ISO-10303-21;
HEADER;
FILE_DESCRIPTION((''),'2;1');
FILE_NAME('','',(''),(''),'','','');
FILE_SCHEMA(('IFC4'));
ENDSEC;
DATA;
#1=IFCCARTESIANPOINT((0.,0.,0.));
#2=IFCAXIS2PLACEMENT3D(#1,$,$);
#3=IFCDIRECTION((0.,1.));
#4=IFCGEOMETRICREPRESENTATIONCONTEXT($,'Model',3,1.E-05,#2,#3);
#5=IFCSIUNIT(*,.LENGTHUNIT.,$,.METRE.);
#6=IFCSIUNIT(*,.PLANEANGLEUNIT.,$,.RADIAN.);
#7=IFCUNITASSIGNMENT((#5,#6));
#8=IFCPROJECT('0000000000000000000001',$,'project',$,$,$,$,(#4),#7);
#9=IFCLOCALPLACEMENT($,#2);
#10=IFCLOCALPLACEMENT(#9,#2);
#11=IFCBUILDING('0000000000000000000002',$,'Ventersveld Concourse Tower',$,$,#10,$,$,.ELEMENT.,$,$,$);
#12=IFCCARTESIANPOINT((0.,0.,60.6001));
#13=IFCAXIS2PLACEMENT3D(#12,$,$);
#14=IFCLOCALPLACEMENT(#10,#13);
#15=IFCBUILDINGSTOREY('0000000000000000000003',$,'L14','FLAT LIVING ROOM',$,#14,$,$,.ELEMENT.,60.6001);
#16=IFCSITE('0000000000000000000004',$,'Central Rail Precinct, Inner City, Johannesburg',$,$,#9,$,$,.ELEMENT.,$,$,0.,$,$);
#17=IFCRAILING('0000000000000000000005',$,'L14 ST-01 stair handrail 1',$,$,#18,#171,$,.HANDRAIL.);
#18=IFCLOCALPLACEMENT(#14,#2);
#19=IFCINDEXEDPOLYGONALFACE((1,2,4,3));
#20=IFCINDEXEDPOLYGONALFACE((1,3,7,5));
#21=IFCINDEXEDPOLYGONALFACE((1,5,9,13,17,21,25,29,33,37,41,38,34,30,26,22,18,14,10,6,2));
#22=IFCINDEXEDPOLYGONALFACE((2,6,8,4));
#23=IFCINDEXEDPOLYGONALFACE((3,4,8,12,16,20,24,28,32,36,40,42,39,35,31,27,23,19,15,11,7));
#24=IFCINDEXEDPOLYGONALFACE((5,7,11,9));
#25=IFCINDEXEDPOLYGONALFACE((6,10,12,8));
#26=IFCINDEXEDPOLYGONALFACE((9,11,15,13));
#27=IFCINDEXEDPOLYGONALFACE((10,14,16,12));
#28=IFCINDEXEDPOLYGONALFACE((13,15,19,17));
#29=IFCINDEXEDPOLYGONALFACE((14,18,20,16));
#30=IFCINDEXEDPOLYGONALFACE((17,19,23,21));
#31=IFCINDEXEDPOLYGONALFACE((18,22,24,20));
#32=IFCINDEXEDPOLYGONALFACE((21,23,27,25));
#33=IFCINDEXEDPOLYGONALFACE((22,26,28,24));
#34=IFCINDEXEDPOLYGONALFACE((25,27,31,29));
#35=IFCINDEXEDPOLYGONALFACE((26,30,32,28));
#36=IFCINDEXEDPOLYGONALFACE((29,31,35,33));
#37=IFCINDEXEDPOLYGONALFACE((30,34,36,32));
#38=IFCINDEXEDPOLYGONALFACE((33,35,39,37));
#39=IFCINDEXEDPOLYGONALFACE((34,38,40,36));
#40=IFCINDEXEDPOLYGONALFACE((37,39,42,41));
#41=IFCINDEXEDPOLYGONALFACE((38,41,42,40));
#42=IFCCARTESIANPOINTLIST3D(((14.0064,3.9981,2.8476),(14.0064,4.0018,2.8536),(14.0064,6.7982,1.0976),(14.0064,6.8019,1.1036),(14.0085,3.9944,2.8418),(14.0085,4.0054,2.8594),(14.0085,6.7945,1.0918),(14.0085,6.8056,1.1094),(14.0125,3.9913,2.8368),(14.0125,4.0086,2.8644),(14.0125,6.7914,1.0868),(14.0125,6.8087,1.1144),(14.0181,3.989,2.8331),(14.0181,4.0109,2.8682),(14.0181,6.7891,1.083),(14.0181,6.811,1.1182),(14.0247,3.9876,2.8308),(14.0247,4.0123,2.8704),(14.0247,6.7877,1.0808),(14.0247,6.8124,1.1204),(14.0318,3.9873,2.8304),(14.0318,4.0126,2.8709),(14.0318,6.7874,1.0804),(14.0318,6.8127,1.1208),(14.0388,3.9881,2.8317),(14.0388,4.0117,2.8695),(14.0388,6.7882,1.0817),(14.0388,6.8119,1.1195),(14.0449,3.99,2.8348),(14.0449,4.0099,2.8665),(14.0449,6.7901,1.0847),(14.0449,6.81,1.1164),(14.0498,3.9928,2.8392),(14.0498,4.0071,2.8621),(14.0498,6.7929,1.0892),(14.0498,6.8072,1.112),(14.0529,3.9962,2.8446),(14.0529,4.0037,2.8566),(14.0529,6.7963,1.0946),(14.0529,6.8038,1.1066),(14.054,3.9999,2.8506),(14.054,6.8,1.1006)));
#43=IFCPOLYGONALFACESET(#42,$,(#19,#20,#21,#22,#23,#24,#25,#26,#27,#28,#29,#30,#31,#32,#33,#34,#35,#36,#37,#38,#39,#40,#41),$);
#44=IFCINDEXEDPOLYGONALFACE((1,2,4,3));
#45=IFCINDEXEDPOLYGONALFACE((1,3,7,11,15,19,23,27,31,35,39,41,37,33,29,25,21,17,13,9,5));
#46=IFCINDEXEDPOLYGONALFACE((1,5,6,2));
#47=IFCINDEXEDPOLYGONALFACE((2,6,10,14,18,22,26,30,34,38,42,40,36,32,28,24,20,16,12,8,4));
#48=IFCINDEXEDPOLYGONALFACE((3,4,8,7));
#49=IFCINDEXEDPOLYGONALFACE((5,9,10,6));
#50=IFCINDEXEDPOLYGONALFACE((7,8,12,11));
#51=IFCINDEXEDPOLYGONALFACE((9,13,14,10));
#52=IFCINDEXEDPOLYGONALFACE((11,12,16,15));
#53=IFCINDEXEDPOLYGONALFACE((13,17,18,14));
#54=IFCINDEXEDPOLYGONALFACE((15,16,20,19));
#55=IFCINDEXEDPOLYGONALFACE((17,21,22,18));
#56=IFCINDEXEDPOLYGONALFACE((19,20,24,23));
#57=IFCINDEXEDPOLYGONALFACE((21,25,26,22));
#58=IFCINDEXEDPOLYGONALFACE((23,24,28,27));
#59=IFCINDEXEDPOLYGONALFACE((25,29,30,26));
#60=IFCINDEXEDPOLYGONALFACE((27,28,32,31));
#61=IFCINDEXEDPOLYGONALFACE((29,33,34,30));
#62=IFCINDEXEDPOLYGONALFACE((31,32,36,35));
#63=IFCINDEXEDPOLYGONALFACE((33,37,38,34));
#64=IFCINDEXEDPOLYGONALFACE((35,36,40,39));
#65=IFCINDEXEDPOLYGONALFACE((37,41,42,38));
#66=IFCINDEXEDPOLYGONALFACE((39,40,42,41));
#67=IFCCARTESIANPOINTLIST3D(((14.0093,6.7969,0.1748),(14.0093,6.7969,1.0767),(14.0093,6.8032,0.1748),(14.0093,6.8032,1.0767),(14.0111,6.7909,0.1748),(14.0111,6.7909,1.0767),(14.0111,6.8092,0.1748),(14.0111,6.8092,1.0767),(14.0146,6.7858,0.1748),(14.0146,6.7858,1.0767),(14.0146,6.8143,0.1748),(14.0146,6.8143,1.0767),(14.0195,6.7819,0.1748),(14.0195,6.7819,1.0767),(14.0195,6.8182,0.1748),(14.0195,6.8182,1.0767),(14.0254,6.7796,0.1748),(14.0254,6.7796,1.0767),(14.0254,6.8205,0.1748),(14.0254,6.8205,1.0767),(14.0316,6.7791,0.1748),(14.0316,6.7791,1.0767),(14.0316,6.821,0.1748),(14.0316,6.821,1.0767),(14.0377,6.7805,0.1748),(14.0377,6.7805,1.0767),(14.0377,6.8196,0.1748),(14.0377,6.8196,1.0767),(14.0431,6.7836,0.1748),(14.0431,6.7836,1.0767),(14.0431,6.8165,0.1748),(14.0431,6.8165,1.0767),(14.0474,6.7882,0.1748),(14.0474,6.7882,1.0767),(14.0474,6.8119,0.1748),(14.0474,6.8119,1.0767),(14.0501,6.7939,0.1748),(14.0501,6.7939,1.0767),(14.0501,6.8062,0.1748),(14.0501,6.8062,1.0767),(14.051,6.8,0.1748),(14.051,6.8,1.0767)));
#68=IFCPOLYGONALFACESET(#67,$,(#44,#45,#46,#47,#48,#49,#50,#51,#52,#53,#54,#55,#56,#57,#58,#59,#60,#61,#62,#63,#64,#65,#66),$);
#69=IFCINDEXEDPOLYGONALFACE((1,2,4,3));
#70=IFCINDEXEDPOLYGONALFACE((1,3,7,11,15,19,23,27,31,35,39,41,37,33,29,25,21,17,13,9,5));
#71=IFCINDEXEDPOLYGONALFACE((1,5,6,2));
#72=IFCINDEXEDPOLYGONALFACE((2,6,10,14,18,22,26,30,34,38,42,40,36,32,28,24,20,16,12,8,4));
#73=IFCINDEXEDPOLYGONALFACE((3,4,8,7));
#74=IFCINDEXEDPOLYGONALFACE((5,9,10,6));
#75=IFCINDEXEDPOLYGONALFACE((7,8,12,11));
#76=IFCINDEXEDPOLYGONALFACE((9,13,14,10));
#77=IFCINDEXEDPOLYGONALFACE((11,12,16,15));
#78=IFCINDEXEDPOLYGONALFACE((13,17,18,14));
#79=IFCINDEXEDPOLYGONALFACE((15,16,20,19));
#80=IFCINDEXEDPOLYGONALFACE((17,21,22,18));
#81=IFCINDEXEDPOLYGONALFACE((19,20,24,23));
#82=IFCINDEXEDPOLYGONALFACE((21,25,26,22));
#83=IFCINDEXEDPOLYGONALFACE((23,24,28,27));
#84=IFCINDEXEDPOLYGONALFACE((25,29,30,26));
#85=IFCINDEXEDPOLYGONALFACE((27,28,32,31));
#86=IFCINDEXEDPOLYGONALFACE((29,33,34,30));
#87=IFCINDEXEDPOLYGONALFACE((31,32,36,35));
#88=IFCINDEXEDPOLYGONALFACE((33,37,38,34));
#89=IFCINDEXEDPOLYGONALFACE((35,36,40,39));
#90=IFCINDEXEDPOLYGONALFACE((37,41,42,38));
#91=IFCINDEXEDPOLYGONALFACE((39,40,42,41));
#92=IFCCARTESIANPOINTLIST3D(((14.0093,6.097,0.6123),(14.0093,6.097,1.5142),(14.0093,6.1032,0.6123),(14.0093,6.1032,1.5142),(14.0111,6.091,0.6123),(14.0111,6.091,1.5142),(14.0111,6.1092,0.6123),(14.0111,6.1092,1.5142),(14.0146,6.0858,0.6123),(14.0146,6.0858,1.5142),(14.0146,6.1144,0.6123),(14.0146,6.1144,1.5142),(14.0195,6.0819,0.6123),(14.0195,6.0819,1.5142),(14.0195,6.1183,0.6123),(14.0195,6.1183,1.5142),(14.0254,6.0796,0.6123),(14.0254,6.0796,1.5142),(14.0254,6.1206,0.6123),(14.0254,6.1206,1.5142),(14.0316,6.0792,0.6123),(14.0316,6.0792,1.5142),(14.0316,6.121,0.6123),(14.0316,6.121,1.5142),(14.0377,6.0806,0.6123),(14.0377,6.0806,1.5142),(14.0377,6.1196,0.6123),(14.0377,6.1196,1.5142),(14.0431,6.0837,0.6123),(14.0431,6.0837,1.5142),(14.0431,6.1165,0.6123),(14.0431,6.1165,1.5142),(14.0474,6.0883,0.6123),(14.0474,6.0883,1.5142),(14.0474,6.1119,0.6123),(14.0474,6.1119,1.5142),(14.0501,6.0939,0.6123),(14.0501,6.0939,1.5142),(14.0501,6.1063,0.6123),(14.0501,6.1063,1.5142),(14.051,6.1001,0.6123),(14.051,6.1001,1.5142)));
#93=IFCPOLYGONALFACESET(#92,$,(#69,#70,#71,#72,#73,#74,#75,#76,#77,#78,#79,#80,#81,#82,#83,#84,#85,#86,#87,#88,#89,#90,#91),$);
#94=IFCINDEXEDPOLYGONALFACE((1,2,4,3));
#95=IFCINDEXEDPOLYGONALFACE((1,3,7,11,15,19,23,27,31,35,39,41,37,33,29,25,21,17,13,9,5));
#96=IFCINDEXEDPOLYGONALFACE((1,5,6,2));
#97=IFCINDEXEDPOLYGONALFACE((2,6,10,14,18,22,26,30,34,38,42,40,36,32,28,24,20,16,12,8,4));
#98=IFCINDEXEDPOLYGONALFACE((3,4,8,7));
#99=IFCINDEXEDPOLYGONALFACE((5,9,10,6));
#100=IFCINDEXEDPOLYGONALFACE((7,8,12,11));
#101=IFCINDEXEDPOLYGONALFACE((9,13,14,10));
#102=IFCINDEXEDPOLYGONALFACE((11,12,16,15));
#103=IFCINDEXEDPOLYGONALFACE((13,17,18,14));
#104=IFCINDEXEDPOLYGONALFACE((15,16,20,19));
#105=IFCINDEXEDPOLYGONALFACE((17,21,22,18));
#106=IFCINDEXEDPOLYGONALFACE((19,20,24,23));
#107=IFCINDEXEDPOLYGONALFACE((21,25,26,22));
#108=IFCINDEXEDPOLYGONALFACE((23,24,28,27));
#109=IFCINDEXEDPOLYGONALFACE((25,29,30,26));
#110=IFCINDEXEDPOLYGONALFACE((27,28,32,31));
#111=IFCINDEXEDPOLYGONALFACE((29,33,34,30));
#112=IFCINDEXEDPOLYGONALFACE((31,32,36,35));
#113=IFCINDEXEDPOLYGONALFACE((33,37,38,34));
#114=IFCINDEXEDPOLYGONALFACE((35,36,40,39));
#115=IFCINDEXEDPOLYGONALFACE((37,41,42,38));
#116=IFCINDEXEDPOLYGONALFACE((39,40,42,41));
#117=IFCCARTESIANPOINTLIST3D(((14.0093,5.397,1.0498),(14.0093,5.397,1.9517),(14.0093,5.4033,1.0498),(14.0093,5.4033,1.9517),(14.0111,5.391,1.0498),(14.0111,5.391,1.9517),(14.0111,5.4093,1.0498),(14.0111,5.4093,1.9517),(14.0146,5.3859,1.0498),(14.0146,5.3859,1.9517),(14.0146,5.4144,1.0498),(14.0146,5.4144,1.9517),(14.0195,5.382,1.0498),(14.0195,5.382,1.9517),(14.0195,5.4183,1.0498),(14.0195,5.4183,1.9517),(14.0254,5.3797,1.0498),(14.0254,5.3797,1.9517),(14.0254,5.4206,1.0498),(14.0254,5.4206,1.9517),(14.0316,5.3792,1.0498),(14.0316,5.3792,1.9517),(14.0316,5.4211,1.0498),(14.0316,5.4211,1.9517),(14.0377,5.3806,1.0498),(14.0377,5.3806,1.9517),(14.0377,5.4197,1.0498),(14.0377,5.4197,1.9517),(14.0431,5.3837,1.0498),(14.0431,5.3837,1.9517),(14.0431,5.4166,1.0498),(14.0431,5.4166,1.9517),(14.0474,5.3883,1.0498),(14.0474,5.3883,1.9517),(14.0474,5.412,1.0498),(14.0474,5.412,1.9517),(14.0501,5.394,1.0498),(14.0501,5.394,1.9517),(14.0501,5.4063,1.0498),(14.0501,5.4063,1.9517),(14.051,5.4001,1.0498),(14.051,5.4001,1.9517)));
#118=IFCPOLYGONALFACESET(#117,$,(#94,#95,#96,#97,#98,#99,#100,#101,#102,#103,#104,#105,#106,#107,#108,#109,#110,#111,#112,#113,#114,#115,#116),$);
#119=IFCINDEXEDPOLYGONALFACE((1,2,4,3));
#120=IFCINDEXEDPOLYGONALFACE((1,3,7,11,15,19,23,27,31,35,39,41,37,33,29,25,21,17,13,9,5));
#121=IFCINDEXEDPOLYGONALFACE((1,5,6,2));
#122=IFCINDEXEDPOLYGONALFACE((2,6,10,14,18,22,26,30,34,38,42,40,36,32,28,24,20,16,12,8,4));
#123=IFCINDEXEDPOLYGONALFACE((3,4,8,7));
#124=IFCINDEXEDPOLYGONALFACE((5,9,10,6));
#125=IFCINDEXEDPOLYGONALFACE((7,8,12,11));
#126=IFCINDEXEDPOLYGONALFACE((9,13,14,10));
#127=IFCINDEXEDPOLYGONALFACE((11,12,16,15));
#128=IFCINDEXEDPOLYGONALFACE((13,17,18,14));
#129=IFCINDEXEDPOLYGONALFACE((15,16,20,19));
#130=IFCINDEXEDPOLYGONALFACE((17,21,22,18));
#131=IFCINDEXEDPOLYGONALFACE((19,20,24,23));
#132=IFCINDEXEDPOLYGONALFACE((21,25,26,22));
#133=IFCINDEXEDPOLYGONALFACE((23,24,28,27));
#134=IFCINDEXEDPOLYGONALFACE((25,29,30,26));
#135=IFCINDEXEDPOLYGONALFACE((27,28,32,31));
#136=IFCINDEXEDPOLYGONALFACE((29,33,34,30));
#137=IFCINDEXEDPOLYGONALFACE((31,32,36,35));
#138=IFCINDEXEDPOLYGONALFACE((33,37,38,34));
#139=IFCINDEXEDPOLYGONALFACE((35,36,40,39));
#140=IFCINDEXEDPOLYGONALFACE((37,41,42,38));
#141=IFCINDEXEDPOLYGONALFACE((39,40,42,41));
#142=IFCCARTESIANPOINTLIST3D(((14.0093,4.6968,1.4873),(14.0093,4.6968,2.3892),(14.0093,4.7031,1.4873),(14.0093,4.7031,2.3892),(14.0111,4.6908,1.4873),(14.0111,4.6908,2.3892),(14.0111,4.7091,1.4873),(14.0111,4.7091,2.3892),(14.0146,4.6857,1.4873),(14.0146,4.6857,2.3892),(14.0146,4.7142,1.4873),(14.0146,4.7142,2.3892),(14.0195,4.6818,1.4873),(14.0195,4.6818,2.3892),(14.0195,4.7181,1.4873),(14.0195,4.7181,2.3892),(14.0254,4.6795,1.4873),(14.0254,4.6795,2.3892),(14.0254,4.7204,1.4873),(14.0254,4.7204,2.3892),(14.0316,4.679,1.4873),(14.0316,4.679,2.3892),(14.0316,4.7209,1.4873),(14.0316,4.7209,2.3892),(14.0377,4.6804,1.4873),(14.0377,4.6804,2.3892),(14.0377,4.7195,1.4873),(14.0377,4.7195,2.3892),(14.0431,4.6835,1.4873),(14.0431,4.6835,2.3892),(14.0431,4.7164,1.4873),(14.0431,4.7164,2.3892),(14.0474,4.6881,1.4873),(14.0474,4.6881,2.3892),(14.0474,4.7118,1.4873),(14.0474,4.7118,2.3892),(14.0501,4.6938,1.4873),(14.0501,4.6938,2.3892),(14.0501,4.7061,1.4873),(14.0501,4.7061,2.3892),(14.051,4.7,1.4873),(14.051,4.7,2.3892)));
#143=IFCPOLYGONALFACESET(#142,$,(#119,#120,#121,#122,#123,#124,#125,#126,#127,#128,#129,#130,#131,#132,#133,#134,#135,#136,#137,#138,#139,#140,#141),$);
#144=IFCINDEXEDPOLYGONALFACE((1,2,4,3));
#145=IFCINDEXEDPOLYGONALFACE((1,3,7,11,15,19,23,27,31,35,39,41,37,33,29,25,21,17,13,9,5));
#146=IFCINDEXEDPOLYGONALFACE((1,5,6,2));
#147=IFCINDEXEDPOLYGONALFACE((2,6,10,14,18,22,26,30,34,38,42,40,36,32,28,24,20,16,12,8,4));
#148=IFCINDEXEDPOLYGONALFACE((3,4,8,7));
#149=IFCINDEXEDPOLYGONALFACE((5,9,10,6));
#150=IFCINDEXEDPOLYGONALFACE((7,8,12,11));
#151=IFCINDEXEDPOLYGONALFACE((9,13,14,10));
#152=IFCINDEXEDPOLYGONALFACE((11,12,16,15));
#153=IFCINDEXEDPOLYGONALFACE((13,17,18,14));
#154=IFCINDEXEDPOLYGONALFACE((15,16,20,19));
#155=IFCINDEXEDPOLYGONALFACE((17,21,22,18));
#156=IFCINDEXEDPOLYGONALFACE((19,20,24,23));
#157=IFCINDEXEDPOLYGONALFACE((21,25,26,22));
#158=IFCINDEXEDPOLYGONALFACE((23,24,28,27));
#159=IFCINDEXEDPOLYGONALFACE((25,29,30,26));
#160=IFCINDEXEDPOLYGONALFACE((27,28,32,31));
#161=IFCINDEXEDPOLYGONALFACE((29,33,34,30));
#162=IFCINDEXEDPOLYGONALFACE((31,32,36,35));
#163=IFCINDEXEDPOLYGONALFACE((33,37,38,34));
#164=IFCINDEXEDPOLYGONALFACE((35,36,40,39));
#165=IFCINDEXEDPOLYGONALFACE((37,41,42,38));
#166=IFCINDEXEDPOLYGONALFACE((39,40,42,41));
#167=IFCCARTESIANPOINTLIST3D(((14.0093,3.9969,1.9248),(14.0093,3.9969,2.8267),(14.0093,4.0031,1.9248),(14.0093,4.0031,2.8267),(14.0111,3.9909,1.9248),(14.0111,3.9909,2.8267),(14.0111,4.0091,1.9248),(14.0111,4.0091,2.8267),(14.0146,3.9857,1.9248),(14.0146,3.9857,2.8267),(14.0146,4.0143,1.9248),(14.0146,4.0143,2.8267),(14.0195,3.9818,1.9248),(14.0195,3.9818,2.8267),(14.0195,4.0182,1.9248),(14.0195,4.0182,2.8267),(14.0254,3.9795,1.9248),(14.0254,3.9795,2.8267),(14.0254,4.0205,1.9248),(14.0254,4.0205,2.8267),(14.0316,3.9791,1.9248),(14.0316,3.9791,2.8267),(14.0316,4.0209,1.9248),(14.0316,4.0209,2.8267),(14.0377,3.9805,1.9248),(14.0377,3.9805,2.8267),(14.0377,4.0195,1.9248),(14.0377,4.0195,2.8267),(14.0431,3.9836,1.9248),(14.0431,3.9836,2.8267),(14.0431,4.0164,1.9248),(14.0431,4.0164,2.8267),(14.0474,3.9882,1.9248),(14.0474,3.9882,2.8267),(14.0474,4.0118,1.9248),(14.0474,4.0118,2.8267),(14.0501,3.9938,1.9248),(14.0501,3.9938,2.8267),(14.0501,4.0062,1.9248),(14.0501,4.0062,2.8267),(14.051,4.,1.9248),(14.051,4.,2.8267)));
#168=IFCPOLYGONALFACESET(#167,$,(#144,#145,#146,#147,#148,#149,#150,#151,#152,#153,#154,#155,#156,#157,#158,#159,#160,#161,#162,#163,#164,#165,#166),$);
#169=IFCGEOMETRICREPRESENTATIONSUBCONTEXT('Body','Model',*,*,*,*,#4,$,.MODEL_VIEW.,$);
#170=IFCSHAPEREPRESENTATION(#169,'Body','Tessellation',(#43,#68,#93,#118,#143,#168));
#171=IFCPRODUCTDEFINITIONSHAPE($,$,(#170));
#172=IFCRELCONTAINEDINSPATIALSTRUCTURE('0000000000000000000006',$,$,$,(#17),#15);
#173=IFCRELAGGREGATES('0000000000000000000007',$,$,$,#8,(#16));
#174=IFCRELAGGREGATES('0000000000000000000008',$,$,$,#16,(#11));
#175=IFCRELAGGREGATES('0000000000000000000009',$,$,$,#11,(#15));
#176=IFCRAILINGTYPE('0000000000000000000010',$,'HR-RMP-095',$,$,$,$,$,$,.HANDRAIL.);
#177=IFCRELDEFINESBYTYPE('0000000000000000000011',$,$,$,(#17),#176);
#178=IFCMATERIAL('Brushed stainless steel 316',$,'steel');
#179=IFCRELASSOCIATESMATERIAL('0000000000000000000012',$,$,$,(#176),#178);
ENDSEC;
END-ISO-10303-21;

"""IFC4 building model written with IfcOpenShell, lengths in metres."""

from ifc_helpers import new_model, si_unit, direction, frame, origin, origin_2d, place, context, subcontext, project, spatial, circle, extrude, material, type_object, element, save


model = new_model("IFC4")

# Units and contexts
model_context = context("Model", 3, precision=1e-05, world=origin(), true_north=direction((0.0, 1.0)))
body_context = subcontext(model_context, "Body", "Model", "MODEL_VIEW")
ifc_project = project(units=[si_unit("LENGTHUNIT", "METRE"), si_unit("PLANEANGLEUNIT", "RADIAN")], contexts=[model_context])

# Site, building, storey
site_placement = place(None, origin())
site = spatial("IfcSite", under=ifc_project, at=site_placement, Name="Central Rail Precinct, Inner City, Johannesburg", CompositionType="ELEMENT", RefElevation=0.0)
building_placement = place(site_placement, origin())
building = spatial("IfcBuilding", under=site, at=building_placement, Name="Ventersveld Concourse Tower", CompositionType="ELEMENT")
storey_placement = place(building_placement, frame((0.0, 0.0, 60.6001)))
storey = spatial("IfcBuildingStorey", under=building, at=storey_placement, Name="L14", Description="FLAT LIVING ROOM", CompositionType="ELEMENT", Elevation=60.6001)

# Railing
ifc_material_1 = material(Name="Brushed stainless steel 316", Category="steel")
railing_type_1 = type_object("IfcRailingType", Name="HR-RMP-095", PredefinedType="HANDRAIL", material=ifc_material_1)
railing_1_placement = place(storey_placement, frame((14.03, 6.8, 0.1748)))
element("IfcRailing", 1, at=railing_1_placement, inside=storey, type_object=railing_type_1, Name="L14 ST-01 stair handrail 1", PredefinedType="HANDRAIL", context=body_context, shape_type="SweptSolid", body=[
    extrude(circle(Radius=0.0239, at=origin_2d()), frame((0.0, 0.0, 0.9258), z_axis=(0.0, -0.848002, 0.529992), x_axis=(1.0, 0.0, 0.0)), (0.0, 0.0, 1.0), 3.302),
    extrude(circle(Radius=0.021, at=origin_2d()), origin(), (0.0, 0.0, 1.0), 0.9019),
    extrude(circle(Radius=0.021, at=origin_2d()), frame((0.0, -0.7, 0.4375)), (0.0, 0.0, 1.0), 0.9019),
    extrude(circle(Radius=0.021, at=origin_2d()), frame((0.0, -1.3999, 0.875)), (0.0, 0.0, 1.0), 0.9019),
    extrude(circle(Radius=0.021, at=origin_2d()), frame((0.0, -2.1001, 1.3125)), (0.0, 0.0, 1.0), 0.9019),
    extrude(circle(Radius=0.021, at=origin_2d()), frame((0.0, -2.8, 1.75)), (0.0, 0.0, 1.0), 0.9019),
])

save(model, "model.ifc")
